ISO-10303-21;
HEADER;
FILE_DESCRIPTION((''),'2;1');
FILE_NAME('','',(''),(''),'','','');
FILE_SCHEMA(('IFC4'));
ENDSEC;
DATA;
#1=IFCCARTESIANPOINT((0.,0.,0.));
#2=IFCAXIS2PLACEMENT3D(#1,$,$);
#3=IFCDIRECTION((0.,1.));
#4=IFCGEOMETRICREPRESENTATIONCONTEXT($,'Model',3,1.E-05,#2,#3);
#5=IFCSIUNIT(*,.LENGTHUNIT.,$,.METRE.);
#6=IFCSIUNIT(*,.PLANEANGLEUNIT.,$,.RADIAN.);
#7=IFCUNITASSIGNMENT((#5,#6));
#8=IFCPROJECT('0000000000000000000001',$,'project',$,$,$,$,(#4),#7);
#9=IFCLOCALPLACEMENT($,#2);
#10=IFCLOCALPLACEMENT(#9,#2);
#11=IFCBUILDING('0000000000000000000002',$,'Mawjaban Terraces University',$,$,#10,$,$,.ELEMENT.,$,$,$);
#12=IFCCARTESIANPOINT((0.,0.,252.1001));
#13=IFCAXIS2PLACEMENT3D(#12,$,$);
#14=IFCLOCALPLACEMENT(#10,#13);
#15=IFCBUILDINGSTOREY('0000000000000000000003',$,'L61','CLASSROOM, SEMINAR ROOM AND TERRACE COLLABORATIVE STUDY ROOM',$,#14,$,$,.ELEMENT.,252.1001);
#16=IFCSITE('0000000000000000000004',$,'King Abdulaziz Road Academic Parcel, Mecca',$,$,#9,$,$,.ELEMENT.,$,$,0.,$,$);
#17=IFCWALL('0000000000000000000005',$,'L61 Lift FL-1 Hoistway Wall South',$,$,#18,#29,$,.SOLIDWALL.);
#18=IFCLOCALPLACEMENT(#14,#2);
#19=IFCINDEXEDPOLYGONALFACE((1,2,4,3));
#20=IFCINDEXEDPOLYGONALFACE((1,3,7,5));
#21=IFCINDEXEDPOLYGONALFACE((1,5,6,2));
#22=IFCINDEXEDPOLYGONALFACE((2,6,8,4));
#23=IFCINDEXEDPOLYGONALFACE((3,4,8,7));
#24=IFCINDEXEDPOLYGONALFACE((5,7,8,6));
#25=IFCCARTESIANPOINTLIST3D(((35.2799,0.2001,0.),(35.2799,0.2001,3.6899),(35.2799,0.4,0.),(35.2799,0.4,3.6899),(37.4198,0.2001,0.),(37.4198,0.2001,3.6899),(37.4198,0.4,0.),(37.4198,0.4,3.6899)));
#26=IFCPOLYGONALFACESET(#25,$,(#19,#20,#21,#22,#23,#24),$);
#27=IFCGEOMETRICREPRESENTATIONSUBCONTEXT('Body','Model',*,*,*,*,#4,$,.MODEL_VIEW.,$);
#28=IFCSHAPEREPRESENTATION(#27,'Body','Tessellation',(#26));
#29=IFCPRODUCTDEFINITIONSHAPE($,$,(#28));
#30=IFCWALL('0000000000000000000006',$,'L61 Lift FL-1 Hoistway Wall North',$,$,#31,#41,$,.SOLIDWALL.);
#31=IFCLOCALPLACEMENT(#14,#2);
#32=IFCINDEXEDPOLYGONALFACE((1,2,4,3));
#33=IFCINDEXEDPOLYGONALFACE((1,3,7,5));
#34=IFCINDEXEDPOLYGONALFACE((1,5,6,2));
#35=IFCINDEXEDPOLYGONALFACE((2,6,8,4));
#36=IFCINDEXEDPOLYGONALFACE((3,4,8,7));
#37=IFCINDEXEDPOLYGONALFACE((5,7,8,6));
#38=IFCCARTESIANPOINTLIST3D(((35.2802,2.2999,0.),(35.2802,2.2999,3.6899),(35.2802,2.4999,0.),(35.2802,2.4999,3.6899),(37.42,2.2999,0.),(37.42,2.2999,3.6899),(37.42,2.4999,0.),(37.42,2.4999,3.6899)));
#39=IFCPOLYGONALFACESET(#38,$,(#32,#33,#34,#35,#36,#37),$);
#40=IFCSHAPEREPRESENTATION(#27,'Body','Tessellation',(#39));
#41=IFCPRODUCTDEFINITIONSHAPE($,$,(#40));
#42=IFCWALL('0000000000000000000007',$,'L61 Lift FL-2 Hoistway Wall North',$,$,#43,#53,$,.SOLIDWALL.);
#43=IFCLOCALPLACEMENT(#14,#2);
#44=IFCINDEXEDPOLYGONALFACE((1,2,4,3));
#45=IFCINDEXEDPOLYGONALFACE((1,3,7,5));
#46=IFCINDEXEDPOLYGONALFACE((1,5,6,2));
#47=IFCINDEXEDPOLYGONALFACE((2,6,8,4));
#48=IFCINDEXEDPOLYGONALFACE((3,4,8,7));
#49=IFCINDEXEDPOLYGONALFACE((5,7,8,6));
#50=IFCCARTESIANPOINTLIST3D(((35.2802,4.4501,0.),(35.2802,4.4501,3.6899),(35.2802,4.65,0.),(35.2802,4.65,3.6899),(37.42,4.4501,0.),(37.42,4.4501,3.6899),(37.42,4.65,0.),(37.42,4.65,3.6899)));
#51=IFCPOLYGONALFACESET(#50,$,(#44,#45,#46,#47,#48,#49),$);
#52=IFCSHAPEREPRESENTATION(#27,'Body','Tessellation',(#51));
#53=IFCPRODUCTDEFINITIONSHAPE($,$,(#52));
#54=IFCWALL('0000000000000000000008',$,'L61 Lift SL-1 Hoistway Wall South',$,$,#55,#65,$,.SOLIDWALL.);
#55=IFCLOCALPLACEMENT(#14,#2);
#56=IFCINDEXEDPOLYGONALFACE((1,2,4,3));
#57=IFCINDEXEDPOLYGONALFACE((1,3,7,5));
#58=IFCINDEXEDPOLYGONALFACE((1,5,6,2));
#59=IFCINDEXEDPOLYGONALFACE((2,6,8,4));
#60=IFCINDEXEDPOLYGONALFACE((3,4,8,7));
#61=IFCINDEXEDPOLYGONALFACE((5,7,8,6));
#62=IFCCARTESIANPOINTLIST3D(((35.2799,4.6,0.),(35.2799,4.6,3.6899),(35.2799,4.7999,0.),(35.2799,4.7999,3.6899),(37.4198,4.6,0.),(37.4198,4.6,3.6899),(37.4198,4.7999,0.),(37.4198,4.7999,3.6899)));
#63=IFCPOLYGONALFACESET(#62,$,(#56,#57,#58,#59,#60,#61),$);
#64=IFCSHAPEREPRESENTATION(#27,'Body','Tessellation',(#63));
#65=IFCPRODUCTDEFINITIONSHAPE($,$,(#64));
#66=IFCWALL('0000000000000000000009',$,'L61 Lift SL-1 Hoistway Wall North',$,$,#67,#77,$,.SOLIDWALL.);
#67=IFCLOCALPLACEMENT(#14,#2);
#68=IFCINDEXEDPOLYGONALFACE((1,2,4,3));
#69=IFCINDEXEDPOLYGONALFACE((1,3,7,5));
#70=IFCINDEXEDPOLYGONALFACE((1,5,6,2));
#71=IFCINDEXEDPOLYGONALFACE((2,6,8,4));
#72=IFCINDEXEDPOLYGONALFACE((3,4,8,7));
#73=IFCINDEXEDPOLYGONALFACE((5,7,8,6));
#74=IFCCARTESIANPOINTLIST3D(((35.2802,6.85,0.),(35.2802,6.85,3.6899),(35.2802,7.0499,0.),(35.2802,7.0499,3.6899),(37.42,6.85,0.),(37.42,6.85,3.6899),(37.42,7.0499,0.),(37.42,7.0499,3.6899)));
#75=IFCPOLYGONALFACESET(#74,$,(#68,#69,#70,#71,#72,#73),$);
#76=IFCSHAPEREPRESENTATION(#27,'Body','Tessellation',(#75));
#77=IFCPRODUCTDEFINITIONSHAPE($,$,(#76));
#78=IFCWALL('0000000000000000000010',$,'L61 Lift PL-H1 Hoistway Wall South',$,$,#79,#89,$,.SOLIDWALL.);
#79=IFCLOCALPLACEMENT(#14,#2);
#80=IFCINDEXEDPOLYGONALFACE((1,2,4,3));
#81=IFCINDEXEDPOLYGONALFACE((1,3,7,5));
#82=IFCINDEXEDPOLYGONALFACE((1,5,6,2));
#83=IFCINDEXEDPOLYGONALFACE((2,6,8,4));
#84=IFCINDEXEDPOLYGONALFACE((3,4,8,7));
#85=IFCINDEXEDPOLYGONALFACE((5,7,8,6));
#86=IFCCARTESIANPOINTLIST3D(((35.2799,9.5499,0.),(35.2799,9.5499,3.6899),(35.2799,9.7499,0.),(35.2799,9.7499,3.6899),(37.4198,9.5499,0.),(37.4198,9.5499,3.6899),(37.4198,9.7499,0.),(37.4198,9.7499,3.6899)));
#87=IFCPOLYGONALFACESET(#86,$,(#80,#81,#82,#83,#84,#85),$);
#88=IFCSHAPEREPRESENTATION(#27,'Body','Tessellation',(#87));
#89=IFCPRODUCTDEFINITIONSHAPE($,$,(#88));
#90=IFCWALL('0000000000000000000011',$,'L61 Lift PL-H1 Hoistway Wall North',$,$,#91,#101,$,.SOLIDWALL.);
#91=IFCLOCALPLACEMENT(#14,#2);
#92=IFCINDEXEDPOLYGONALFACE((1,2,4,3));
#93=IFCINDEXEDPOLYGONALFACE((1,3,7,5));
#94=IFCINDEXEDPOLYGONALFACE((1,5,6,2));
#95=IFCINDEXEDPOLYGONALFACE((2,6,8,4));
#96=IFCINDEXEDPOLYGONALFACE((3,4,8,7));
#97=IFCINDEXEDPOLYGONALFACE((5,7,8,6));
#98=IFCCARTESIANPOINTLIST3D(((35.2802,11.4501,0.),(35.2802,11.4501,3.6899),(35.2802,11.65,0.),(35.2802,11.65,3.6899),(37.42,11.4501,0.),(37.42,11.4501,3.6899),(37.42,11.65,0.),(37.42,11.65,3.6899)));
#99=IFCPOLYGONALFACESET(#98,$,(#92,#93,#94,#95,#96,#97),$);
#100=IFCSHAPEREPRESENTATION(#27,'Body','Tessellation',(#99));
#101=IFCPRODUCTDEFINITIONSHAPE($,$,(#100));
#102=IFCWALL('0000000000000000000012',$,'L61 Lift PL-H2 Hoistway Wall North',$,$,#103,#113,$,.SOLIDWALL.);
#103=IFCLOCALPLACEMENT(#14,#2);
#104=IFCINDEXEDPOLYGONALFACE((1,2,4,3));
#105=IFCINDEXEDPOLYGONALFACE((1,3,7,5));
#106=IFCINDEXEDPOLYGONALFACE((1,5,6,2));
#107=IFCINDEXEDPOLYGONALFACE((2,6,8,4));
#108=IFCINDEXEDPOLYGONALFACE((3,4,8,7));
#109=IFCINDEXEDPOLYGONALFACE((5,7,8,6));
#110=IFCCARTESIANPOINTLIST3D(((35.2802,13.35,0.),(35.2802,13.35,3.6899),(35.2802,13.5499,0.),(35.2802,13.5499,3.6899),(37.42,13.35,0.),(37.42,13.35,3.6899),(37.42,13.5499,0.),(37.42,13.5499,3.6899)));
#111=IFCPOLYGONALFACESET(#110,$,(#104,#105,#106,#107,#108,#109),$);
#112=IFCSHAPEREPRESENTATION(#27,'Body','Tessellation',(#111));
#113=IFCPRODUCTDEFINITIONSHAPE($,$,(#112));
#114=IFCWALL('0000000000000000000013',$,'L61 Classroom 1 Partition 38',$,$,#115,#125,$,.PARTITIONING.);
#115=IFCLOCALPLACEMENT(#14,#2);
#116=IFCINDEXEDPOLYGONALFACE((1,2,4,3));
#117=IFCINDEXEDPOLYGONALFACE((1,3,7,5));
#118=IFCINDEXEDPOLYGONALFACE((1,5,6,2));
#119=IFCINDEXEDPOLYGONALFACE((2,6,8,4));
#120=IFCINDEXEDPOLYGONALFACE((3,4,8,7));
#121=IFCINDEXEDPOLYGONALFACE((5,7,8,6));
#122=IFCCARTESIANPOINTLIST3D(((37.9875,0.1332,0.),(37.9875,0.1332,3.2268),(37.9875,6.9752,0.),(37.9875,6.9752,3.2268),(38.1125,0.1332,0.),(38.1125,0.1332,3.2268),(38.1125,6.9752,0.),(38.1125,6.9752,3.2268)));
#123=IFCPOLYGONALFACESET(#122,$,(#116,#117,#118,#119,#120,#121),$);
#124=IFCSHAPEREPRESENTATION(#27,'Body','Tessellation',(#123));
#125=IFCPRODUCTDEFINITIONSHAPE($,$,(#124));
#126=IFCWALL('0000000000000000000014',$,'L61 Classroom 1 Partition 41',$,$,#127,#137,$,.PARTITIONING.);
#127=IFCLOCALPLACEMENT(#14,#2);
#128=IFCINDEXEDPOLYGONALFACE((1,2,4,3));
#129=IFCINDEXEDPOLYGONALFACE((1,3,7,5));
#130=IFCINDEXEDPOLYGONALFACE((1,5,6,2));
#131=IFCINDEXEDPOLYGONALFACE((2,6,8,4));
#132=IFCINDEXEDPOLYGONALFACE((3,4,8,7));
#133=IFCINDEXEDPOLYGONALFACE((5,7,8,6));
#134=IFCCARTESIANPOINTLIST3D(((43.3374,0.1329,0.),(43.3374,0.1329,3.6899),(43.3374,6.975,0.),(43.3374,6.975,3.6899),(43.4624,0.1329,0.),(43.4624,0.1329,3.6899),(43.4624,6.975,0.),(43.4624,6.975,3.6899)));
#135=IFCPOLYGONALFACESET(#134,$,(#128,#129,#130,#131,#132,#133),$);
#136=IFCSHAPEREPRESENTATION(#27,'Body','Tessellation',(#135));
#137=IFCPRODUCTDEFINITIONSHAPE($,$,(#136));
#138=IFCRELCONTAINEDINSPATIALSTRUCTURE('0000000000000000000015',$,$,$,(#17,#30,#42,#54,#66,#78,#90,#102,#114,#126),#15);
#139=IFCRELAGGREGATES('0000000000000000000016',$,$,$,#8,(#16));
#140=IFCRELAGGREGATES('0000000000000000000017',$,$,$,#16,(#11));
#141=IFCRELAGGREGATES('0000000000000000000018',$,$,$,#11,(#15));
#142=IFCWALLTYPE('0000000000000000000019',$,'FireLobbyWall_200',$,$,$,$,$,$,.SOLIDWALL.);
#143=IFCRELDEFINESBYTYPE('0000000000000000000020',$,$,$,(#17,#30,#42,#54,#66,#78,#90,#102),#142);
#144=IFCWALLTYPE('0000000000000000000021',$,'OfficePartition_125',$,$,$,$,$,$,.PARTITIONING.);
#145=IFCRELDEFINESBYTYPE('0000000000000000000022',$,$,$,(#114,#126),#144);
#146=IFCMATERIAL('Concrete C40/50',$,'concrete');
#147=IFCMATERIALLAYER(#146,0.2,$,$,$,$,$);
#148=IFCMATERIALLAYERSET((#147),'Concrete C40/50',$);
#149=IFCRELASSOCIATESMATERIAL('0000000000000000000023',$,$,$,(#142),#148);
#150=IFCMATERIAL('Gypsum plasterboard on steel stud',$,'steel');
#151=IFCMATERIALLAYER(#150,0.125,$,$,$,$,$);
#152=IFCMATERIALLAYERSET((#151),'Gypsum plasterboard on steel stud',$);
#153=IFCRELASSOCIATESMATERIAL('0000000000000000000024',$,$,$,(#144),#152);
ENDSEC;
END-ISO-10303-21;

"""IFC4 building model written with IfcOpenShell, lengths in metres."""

from ifc_helpers import new_model, si_unit, direction, frame, frame_2d, origin, place, context, subcontext, project, spatial, rectangle, extrude, material, layer, layer_set, type_object, element, save


model = new_model("IFC4")

# Units and contexts
model_context = context("Model", 3, precision=1e-05, world=origin(), true_north=direction((0.0, 1.0)))
body_context = subcontext(model_context, "Body", "Model", "MODEL_VIEW")
ifc_project = project(units=[si_unit("LENGTHUNIT", "METRE"), si_unit("PLANEANGLEUNIT", "RADIAN")], contexts=[model_context])

# Site, building, storey
site_placement = place(None, origin())
site = spatial("IfcSite", under=ifc_project, at=site_placement, Name="King Abdulaziz Road Academic Parcel, Mecca", CompositionType="ELEMENT", RefElevation=0.0)
building_placement = place(site_placement, origin())
building = spatial("IfcBuilding", under=site, at=building_placement, Name="Mawjaban Terraces University", CompositionType="ELEMENT")
storey_placement = place(building_placement, frame((0.0, 0.0, 252.1001)))
storey = spatial("IfcBuildingStorey", under=building, at=storey_placement, Name="L61", Description="CLASSROOM, SEMINAR ROOM AND TERRACE COLLABORATIVE STUDY ROOM", CompositionType="ELEMENT", Elevation=252.1001)

# Walls
ifc_material_1 = material(Name="Concrete C40/50", Category="concrete")
ifc_layer_1 = layer(ifc_material_1, 0.2)
ifc_layer_set_1 = layer_set([ifc_layer_1], Name="Concrete C40/50")
wall_type_1 = type_object("IfcWallType", Name="FireLobbyWall_200", PredefinedType="SOLIDWALL", material=ifc_layer_set_1)
for number, where, z_axis, x_axis, name in (
    (1, (35.28, 0.3, 0.0), (0.0, 0.0, 1.0), (1.0, 0.0, 0.0), "L61 Lift FL-1 Hoistway Wall South"),
    (2, (37.4199, 2.3999, 0.0), (0.0, 0.0, 1.0), (-1.0, 0.0, 0.0), "L61 Lift FL-1 Hoistway Wall North"),
    (3, (37.4199, 4.55, 0.0), (0.0, 0.0, 1.0), (-1.0, 0.0, 0.0), "L61 Lift FL-2 Hoistway Wall North"),
    (4, (35.28, 4.7, 0.0), (0.0, 0.0, 1.0), (1.0, 0.0, 0.0), "L61 Lift SL-1 Hoistway Wall South"),
    (5, (37.4199, 6.95, 0.0), (0.0, 0.0, 1.0), (-1.0, 0.0, 0.0), "L61 Lift SL-1 Hoistway Wall North"),
    (6, (35.28, 9.6499, 0.0), (0.0, 0.0, 1.0), (1.0, 0.0, 0.0), "L61 Lift PL-H1 Hoistway Wall South"),
    (7, (37.4199, 11.55, 0.0), (0.0, 0.0, 1.0), (-1.0, 0.0, 0.0), "L61 Lift PL-H1 Hoistway Wall North"),
    (8, (37.4199, 13.45, 0.0), (0.0, 0.0, 1.0), (-1.0, 0.0, 0.0), "L61 Lift PL-H2 Hoistway Wall North"),
):
    element("IfcWall", number, at=place(storey_placement, frame(where, z_axis=z_axis, x_axis=x_axis)), inside=storey, type_object=wall_type_1, Name=name, PredefinedType="SOLIDWALL", context=body_context, shape_type="SweptSolid", body=[
        extrude(rectangle(XDim=2.1399, YDim=0.2, at=frame_2d((1.0698, 0.0))), origin(), (0.0, 0.0, 1.0), 3.6899),
    ])
ifc_material_2 = material(Name="Gypsum plasterboard on steel stud", Category="steel")
ifc_layer_2 = layer(ifc_material_2, 0.125)
ifc_layer_set_2 = layer_set([ifc_layer_2], Name="Gypsum plasterboard on steel stud")
wall_type_2 = type_object("IfcWallType", Name="OfficePartition_125", PredefinedType="PARTITIONING", material=ifc_layer_set_2)
wall_1_placement = place(storey_placement, frame((38.05, 6.9751, 0.0), z_axis=(0.0, 0.0, 1.0), x_axis=(0.0, -1.0, 0.0)))
element("IfcWall", 9, at=wall_1_placement, inside=storey, type_object=wall_type_2, Name="L61 Classroom 1 Partition 38", PredefinedType="PARTITIONING", context=body_context, shape_type="SweptSolid", body=[
    extrude(rectangle(XDim=6.842, YDim=0.125, at=frame_2d((3.4209, 0.0))), origin(), (0.0, 0.0, 1.0), 3.2268),
])
wall_2_placement = place(storey_placement, frame((43.3999, 0.1331, 0.0), z_axis=(0.0, 0.0, 1.0), x_axis=(0.0, 1.0, 0.0)))
element("IfcWall", 10, at=wall_2_placement, inside=storey, type_object=wall_type_2, Name="L61 Classroom 1 Partition 41", PredefinedType="PARTITIONING", context=body_context, shape_type="SweptSolid", body=[
    extrude(rectangle(XDim=6.842, YDim=0.125, at=frame_2d((3.4209, 0.0))), origin(), (0.0, 0.0, 1.0), 3.6899),
])

save(model, "model.ifc")
